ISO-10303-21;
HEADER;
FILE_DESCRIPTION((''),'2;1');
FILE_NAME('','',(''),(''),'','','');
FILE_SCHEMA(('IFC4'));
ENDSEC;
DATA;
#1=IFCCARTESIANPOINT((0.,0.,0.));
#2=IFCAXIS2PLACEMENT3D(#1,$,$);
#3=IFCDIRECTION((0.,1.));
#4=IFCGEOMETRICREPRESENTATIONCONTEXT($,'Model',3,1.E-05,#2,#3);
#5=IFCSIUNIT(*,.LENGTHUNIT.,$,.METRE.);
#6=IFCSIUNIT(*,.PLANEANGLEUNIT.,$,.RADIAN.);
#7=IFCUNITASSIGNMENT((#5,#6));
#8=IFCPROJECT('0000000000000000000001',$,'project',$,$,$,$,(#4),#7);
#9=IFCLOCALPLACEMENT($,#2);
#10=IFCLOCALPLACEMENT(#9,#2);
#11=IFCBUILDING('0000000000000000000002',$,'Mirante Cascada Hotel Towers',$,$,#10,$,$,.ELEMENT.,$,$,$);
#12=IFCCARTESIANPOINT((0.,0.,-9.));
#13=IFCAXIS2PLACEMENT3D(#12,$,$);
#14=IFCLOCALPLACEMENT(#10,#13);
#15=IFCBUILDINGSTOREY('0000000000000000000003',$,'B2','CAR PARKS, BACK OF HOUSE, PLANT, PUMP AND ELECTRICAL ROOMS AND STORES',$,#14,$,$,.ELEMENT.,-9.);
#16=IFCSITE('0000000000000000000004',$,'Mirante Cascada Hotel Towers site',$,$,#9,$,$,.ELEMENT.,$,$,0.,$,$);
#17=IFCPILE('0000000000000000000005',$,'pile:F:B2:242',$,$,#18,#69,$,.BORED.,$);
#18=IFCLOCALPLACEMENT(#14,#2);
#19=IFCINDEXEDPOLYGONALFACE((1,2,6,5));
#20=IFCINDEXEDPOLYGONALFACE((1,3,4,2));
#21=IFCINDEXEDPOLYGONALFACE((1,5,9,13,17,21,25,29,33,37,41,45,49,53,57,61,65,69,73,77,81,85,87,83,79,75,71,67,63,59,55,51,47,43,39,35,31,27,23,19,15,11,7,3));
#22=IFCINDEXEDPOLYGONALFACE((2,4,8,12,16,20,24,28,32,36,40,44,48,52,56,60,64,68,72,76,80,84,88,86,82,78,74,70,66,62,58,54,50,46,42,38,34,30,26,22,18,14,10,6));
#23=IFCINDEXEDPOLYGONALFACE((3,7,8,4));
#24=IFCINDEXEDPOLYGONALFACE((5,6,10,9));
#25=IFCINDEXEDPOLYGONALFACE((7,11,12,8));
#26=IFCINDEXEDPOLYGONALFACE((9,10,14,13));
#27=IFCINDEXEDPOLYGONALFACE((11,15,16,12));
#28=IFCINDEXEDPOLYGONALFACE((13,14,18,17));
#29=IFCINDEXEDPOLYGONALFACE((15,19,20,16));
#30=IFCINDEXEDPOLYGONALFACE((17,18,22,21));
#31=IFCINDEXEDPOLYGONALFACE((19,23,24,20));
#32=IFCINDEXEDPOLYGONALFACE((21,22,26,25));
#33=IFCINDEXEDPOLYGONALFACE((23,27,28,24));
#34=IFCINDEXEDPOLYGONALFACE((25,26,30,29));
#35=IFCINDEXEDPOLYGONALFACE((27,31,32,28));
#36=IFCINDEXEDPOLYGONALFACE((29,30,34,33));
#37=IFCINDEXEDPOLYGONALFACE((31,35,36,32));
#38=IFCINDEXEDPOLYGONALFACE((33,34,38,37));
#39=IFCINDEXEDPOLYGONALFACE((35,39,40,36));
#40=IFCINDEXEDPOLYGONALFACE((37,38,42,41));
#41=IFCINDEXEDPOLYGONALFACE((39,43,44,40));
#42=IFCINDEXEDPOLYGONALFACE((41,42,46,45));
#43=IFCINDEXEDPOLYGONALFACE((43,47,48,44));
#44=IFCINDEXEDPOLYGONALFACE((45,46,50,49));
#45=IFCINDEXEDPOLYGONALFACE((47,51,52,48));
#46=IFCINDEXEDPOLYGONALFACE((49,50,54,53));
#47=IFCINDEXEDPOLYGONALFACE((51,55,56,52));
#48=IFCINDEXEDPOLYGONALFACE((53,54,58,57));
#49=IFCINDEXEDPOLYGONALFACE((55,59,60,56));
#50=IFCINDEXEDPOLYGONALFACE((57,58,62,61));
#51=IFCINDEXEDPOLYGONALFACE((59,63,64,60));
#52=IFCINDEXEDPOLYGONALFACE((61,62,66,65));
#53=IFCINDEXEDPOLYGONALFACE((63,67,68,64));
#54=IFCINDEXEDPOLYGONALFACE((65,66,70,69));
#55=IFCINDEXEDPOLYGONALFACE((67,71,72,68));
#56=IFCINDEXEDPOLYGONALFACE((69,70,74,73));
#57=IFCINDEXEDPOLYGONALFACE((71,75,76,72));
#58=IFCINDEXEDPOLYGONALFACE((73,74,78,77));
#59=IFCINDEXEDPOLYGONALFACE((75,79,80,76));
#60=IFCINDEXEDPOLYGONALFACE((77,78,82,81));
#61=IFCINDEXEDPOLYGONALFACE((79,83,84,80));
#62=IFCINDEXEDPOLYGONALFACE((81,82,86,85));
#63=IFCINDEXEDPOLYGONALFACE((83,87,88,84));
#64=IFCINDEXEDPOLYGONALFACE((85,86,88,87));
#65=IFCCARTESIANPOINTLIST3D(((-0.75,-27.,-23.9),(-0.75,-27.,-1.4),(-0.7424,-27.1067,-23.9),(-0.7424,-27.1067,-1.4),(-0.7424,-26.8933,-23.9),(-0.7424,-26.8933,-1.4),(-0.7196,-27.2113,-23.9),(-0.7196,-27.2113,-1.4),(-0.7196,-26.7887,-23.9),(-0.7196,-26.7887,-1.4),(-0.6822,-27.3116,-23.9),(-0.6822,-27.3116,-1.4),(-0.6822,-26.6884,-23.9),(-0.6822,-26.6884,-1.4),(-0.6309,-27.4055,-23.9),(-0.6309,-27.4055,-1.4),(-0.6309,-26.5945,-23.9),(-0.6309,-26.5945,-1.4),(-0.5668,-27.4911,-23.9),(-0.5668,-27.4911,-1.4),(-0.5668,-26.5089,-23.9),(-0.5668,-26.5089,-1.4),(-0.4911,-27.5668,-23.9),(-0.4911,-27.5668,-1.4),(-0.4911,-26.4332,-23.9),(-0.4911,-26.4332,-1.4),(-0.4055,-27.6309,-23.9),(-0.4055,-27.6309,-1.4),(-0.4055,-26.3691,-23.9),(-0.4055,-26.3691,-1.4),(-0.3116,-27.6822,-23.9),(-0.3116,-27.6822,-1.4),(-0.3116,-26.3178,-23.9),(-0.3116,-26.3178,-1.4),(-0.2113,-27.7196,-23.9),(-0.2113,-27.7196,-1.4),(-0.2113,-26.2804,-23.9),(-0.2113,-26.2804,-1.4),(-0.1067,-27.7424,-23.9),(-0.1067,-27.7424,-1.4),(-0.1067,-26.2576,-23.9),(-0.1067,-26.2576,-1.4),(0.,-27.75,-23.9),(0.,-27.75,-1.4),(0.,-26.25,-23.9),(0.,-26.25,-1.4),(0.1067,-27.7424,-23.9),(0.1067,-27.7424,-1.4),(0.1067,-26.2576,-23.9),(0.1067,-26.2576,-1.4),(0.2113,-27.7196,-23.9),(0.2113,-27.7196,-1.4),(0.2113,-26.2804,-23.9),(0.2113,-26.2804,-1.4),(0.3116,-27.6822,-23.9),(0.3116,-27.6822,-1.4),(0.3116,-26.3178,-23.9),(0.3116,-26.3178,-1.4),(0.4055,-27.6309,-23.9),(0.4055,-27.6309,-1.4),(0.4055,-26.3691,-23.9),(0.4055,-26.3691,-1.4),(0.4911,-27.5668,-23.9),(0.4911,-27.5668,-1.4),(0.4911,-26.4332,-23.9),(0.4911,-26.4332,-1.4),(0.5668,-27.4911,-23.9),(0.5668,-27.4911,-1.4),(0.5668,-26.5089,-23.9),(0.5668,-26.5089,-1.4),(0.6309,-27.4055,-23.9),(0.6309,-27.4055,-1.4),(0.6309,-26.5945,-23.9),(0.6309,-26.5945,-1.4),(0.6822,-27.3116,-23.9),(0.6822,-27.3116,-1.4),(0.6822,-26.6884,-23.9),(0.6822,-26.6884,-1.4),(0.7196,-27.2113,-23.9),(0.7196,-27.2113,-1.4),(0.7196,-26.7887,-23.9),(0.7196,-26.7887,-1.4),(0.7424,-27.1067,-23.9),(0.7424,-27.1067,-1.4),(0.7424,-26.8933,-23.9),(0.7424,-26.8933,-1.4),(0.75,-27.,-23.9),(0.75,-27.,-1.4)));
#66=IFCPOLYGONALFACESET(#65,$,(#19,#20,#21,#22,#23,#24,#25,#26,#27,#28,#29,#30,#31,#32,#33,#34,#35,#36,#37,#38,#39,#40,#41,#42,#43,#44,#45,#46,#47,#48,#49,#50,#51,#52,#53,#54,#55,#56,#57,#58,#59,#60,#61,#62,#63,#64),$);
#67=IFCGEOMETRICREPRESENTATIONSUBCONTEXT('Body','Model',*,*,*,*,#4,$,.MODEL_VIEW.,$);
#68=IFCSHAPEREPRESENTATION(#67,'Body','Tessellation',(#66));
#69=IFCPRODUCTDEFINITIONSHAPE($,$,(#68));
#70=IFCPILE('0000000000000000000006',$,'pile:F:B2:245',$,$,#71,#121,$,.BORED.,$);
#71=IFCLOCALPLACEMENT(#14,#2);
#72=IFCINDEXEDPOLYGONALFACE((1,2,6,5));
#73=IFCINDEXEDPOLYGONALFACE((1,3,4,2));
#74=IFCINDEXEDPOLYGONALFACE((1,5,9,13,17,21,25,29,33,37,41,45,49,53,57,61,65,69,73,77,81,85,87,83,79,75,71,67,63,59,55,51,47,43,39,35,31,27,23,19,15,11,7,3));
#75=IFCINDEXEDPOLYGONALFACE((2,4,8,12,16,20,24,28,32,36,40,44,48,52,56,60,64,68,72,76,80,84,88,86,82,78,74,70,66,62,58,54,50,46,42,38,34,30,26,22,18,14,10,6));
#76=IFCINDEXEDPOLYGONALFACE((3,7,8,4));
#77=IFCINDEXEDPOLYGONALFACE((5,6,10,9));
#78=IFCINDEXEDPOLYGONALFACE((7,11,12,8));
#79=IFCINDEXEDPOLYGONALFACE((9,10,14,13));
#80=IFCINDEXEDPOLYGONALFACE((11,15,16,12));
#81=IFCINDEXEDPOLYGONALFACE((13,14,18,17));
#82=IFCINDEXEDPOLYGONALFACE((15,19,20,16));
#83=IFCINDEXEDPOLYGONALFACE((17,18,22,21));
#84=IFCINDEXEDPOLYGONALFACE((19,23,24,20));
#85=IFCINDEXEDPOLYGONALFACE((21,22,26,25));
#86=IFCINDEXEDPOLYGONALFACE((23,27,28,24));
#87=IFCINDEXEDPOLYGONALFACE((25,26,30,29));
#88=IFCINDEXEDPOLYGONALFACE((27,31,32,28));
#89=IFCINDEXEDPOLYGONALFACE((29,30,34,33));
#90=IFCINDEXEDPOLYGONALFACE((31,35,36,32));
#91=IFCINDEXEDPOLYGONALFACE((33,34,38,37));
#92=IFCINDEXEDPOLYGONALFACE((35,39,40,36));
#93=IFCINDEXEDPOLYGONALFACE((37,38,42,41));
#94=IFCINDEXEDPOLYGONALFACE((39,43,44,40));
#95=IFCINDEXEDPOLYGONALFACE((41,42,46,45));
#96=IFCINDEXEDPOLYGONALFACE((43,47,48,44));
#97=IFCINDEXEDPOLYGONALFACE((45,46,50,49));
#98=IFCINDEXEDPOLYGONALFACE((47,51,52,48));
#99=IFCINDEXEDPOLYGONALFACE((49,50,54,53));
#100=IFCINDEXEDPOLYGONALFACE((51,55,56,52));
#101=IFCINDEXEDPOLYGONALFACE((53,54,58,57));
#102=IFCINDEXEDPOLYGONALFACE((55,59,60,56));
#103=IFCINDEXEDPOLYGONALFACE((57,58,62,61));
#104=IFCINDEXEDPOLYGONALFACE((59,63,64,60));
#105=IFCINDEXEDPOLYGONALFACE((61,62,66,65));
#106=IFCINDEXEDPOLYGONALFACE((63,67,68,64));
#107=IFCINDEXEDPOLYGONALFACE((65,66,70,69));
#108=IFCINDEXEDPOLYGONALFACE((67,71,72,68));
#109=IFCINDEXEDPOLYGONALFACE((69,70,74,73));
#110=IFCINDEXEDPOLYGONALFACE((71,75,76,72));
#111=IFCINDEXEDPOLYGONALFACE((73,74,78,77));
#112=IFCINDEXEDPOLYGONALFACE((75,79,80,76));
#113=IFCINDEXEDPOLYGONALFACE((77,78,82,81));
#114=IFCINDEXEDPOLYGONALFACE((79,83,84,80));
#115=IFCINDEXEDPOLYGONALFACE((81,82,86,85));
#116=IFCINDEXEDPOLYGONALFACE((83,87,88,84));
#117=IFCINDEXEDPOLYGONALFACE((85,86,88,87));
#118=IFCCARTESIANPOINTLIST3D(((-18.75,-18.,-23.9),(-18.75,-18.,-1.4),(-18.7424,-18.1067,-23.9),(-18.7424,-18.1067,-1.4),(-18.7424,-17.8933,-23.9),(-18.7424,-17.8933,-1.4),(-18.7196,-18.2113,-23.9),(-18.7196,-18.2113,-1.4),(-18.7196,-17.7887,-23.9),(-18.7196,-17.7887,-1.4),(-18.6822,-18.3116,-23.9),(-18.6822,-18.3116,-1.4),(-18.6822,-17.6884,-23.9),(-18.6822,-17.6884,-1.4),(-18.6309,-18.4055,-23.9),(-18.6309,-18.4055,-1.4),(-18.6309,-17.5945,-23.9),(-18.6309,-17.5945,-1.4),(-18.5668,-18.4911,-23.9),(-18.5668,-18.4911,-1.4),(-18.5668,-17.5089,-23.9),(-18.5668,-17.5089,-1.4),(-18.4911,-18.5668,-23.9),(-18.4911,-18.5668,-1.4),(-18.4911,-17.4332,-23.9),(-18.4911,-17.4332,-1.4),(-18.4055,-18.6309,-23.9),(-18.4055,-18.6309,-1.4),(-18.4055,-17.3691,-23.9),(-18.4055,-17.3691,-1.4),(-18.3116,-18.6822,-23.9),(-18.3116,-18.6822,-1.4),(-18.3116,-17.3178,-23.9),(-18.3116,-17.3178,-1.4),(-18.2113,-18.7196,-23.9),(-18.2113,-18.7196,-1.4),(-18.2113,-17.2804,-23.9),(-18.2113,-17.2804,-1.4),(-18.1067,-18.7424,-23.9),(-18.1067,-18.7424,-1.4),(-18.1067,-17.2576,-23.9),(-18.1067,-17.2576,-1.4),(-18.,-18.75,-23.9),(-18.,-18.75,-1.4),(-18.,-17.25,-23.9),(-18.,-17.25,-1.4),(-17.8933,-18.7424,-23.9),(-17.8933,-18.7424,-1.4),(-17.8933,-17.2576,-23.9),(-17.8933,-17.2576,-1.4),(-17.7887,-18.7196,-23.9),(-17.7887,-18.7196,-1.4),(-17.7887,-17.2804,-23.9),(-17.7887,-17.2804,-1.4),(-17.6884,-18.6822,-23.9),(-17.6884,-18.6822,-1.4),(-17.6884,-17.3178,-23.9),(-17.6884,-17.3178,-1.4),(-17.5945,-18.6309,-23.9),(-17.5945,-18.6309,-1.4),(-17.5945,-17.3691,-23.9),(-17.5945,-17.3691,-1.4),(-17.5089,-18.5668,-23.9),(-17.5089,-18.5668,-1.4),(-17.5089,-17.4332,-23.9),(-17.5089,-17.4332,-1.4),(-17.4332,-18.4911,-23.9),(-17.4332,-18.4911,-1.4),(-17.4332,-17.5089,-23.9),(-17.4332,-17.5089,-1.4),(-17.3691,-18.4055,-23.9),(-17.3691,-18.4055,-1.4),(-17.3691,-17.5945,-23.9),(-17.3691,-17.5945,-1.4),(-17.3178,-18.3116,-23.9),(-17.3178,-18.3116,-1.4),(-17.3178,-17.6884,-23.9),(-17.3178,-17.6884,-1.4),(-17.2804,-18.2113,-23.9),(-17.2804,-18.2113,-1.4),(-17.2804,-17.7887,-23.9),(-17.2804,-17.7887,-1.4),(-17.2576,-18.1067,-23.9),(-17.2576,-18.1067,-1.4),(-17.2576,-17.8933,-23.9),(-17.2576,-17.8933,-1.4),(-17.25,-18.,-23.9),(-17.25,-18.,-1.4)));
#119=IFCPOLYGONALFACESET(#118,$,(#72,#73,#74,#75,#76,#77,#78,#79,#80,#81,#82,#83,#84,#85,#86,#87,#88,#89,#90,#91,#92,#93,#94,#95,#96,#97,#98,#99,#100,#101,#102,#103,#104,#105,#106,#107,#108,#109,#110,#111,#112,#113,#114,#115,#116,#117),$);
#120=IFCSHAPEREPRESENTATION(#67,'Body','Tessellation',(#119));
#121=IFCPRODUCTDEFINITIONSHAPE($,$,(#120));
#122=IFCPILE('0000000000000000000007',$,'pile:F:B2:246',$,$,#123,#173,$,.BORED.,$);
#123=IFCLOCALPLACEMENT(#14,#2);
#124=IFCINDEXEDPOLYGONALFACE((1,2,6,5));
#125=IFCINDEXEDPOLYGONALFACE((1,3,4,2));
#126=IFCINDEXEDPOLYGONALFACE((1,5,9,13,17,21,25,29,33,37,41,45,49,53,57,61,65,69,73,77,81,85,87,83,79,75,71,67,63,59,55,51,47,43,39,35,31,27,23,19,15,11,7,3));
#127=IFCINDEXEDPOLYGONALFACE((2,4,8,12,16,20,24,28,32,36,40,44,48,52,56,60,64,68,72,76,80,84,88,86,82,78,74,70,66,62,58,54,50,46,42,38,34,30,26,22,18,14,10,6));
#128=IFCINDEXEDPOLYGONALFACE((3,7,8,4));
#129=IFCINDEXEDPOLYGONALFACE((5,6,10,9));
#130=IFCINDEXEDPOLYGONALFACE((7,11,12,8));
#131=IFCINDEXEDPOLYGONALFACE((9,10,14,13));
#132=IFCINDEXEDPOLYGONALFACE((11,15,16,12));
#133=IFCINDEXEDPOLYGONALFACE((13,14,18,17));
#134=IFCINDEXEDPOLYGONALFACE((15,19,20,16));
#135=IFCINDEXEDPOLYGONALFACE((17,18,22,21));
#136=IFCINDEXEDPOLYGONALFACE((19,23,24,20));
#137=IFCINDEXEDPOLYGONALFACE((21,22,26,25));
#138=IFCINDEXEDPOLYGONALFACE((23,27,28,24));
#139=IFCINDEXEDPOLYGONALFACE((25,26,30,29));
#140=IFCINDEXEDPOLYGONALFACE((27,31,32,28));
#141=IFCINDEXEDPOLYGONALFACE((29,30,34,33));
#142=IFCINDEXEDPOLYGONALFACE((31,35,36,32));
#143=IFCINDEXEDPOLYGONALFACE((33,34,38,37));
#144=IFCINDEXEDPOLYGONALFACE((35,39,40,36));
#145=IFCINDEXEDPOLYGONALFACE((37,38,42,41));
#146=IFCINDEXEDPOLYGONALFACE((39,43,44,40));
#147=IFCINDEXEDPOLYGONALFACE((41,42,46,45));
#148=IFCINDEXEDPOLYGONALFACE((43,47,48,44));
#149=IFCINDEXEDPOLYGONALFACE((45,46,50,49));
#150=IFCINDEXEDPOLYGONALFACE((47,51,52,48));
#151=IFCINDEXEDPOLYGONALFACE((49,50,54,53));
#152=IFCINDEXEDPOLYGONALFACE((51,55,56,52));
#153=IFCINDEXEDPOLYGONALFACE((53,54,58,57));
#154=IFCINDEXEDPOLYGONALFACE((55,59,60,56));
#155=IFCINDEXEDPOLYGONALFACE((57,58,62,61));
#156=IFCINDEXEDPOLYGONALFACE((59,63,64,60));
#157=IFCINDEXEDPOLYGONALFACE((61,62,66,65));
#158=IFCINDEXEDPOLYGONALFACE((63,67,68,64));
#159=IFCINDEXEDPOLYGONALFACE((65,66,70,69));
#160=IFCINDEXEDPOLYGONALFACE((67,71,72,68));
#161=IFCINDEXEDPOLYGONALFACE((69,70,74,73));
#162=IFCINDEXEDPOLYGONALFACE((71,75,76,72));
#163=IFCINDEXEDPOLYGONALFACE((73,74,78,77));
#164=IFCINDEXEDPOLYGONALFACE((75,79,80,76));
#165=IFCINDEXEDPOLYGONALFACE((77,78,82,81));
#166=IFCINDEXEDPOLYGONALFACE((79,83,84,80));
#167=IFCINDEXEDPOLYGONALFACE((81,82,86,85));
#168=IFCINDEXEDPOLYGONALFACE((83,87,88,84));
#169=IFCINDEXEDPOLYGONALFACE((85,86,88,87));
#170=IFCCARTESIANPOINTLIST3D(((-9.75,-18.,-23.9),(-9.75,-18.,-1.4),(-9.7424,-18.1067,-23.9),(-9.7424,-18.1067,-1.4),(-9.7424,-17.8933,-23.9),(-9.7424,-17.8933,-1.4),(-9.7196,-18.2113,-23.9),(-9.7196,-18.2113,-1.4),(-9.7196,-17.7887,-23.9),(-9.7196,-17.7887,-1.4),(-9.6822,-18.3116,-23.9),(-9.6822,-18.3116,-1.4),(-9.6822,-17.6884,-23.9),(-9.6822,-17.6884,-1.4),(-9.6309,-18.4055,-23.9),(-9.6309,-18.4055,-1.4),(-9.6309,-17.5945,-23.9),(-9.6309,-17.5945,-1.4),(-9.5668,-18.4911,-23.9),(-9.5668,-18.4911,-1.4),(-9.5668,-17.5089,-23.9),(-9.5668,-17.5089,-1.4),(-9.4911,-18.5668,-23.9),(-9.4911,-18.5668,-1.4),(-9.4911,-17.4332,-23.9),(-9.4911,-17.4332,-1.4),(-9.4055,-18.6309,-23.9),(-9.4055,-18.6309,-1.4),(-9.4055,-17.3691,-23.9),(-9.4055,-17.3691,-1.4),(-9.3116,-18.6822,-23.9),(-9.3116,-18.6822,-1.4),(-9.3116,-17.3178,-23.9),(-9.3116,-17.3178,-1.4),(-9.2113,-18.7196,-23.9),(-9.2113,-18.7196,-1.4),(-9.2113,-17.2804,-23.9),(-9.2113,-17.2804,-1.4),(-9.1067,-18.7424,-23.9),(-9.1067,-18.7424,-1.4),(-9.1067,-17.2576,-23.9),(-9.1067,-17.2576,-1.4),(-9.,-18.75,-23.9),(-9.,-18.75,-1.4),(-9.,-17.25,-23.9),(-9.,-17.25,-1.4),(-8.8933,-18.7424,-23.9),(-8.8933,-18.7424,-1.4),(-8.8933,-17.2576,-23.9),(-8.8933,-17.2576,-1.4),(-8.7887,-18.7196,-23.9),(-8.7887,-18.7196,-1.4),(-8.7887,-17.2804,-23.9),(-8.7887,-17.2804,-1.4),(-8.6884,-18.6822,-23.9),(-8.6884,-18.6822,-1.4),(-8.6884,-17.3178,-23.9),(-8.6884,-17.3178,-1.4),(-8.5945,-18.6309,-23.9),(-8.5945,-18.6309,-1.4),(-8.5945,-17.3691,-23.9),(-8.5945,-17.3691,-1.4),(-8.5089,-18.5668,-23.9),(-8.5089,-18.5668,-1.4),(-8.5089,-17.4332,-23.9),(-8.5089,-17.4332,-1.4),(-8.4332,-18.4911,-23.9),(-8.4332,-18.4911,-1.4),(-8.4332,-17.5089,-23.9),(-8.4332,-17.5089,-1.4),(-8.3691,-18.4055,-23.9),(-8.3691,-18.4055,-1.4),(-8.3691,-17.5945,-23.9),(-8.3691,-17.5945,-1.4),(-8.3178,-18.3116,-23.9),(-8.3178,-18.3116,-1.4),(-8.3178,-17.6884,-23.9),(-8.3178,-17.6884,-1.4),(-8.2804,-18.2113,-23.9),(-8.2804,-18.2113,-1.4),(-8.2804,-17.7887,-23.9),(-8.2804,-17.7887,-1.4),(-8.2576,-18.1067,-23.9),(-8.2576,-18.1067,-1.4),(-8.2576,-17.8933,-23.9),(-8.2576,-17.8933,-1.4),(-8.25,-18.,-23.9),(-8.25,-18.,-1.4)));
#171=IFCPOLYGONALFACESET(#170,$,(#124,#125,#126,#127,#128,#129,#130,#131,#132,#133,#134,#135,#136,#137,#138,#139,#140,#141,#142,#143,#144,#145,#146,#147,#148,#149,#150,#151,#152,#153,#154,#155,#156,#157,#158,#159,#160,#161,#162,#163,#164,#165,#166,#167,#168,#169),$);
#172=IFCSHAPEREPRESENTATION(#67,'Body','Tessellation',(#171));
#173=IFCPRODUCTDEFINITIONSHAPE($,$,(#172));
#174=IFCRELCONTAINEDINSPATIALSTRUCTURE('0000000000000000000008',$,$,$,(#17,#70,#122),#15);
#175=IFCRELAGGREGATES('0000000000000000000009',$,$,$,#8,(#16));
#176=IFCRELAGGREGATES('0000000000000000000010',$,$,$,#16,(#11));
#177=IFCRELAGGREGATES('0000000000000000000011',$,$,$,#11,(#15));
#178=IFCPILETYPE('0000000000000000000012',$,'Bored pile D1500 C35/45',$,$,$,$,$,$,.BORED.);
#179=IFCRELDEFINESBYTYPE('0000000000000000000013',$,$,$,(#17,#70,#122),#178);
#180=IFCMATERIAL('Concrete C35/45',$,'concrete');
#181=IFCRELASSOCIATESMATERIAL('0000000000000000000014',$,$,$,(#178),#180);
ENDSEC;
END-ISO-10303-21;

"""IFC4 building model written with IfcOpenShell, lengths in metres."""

from ifc_helpers import new_model, si_unit, direction, frame, origin, origin_2d, place, context, subcontext, project, spatial, circle, extrude, material, material_profile, profile_set, type_object, element, save


model = new_model("IFC4")

# Units and contexts
model_context = context("Model", 3, precision=1e-05, world=origin(), true_north=direction((0.0, 1.0)))
body_context = subcontext(model_context, "Body", "Model", "MODEL_VIEW")
ifc_project = project(units=[si_unit("LENGTHUNIT", "METRE"), si_unit("PLANEANGLEUNIT", "RADIAN")], contexts=[model_context])

# Site, building, storey
site_placement = place(None, origin())
site = spatial("IfcSite", under=ifc_project, at=site_placement, Name="Mirante Cascada Hotel Towers site", CompositionType="ELEMENT", RefElevation=0.0)
building_placement = place(site_placement, origin())
building = spatial("IfcBuilding", under=site, at=building_placement, Name="Mirante Cascada Hotel Towers", CompositionType="ELEMENT")
storey_placement = place(building_placement, frame((0.0, 0.0, -9.0)))
storey = spatial("IfcBuildingStorey", under=building, at=storey_placement, Name="B2", Description="CAR PARKS, BACK OF HOUSE, PLANT, PUMP AND ELECTRICAL ROOMS AND STORES", CompositionType="ELEMENT", Elevation=-9.0)

# Piles
ifc_material_1 = material(Name="Concrete C35/45", Category="concrete")
ifc_material_profile_1 = material_profile(ifc_material_1, circle(Radius=0.75, at=origin_2d()), Name="RC D1500")
ifc_profile_set_1 = profile_set([ifc_material_profile_1], Name="Concrete C35/45")
pile_type = type_object("IfcPileType", Name="Bored pile D1500 C35/45", PredefinedType="BORED", material=ifc_profile_set_1)
for number, where, z_axis, x_axis, name in (
    (1, (0.0, -27.0, -1.4), (0.0, 0.0, -1.0), (1.0, 0.0, 0.0), "pile:F:B2:242"),
    (2, (-18.0, -18.0, -1.4), (0.0, 0.0, -1.0), (1.0, 0.0, 0.0), "pile:F:B2:245"),
    (3, (-9.0, -18.0, -1.4), (0.0, 0.0, -1.0), (1.0, 0.0, 0.0), "pile:F:B2:246"),
):
    element("IfcPile", number, at=place(storey_placement, frame(where, z_axis=z_axis, x_axis=x_axis)), inside=storey, type_object=pile_type, Name=name, PredefinedType="BORED", context=body_context, shape_type="SweptSolid", body=[
        extrude(circle(Radius=0.75, at=origin_2d()), origin(), (0.0, 0.0, 1.0), 22.5),
    ])

save(model, "model.ifc")
